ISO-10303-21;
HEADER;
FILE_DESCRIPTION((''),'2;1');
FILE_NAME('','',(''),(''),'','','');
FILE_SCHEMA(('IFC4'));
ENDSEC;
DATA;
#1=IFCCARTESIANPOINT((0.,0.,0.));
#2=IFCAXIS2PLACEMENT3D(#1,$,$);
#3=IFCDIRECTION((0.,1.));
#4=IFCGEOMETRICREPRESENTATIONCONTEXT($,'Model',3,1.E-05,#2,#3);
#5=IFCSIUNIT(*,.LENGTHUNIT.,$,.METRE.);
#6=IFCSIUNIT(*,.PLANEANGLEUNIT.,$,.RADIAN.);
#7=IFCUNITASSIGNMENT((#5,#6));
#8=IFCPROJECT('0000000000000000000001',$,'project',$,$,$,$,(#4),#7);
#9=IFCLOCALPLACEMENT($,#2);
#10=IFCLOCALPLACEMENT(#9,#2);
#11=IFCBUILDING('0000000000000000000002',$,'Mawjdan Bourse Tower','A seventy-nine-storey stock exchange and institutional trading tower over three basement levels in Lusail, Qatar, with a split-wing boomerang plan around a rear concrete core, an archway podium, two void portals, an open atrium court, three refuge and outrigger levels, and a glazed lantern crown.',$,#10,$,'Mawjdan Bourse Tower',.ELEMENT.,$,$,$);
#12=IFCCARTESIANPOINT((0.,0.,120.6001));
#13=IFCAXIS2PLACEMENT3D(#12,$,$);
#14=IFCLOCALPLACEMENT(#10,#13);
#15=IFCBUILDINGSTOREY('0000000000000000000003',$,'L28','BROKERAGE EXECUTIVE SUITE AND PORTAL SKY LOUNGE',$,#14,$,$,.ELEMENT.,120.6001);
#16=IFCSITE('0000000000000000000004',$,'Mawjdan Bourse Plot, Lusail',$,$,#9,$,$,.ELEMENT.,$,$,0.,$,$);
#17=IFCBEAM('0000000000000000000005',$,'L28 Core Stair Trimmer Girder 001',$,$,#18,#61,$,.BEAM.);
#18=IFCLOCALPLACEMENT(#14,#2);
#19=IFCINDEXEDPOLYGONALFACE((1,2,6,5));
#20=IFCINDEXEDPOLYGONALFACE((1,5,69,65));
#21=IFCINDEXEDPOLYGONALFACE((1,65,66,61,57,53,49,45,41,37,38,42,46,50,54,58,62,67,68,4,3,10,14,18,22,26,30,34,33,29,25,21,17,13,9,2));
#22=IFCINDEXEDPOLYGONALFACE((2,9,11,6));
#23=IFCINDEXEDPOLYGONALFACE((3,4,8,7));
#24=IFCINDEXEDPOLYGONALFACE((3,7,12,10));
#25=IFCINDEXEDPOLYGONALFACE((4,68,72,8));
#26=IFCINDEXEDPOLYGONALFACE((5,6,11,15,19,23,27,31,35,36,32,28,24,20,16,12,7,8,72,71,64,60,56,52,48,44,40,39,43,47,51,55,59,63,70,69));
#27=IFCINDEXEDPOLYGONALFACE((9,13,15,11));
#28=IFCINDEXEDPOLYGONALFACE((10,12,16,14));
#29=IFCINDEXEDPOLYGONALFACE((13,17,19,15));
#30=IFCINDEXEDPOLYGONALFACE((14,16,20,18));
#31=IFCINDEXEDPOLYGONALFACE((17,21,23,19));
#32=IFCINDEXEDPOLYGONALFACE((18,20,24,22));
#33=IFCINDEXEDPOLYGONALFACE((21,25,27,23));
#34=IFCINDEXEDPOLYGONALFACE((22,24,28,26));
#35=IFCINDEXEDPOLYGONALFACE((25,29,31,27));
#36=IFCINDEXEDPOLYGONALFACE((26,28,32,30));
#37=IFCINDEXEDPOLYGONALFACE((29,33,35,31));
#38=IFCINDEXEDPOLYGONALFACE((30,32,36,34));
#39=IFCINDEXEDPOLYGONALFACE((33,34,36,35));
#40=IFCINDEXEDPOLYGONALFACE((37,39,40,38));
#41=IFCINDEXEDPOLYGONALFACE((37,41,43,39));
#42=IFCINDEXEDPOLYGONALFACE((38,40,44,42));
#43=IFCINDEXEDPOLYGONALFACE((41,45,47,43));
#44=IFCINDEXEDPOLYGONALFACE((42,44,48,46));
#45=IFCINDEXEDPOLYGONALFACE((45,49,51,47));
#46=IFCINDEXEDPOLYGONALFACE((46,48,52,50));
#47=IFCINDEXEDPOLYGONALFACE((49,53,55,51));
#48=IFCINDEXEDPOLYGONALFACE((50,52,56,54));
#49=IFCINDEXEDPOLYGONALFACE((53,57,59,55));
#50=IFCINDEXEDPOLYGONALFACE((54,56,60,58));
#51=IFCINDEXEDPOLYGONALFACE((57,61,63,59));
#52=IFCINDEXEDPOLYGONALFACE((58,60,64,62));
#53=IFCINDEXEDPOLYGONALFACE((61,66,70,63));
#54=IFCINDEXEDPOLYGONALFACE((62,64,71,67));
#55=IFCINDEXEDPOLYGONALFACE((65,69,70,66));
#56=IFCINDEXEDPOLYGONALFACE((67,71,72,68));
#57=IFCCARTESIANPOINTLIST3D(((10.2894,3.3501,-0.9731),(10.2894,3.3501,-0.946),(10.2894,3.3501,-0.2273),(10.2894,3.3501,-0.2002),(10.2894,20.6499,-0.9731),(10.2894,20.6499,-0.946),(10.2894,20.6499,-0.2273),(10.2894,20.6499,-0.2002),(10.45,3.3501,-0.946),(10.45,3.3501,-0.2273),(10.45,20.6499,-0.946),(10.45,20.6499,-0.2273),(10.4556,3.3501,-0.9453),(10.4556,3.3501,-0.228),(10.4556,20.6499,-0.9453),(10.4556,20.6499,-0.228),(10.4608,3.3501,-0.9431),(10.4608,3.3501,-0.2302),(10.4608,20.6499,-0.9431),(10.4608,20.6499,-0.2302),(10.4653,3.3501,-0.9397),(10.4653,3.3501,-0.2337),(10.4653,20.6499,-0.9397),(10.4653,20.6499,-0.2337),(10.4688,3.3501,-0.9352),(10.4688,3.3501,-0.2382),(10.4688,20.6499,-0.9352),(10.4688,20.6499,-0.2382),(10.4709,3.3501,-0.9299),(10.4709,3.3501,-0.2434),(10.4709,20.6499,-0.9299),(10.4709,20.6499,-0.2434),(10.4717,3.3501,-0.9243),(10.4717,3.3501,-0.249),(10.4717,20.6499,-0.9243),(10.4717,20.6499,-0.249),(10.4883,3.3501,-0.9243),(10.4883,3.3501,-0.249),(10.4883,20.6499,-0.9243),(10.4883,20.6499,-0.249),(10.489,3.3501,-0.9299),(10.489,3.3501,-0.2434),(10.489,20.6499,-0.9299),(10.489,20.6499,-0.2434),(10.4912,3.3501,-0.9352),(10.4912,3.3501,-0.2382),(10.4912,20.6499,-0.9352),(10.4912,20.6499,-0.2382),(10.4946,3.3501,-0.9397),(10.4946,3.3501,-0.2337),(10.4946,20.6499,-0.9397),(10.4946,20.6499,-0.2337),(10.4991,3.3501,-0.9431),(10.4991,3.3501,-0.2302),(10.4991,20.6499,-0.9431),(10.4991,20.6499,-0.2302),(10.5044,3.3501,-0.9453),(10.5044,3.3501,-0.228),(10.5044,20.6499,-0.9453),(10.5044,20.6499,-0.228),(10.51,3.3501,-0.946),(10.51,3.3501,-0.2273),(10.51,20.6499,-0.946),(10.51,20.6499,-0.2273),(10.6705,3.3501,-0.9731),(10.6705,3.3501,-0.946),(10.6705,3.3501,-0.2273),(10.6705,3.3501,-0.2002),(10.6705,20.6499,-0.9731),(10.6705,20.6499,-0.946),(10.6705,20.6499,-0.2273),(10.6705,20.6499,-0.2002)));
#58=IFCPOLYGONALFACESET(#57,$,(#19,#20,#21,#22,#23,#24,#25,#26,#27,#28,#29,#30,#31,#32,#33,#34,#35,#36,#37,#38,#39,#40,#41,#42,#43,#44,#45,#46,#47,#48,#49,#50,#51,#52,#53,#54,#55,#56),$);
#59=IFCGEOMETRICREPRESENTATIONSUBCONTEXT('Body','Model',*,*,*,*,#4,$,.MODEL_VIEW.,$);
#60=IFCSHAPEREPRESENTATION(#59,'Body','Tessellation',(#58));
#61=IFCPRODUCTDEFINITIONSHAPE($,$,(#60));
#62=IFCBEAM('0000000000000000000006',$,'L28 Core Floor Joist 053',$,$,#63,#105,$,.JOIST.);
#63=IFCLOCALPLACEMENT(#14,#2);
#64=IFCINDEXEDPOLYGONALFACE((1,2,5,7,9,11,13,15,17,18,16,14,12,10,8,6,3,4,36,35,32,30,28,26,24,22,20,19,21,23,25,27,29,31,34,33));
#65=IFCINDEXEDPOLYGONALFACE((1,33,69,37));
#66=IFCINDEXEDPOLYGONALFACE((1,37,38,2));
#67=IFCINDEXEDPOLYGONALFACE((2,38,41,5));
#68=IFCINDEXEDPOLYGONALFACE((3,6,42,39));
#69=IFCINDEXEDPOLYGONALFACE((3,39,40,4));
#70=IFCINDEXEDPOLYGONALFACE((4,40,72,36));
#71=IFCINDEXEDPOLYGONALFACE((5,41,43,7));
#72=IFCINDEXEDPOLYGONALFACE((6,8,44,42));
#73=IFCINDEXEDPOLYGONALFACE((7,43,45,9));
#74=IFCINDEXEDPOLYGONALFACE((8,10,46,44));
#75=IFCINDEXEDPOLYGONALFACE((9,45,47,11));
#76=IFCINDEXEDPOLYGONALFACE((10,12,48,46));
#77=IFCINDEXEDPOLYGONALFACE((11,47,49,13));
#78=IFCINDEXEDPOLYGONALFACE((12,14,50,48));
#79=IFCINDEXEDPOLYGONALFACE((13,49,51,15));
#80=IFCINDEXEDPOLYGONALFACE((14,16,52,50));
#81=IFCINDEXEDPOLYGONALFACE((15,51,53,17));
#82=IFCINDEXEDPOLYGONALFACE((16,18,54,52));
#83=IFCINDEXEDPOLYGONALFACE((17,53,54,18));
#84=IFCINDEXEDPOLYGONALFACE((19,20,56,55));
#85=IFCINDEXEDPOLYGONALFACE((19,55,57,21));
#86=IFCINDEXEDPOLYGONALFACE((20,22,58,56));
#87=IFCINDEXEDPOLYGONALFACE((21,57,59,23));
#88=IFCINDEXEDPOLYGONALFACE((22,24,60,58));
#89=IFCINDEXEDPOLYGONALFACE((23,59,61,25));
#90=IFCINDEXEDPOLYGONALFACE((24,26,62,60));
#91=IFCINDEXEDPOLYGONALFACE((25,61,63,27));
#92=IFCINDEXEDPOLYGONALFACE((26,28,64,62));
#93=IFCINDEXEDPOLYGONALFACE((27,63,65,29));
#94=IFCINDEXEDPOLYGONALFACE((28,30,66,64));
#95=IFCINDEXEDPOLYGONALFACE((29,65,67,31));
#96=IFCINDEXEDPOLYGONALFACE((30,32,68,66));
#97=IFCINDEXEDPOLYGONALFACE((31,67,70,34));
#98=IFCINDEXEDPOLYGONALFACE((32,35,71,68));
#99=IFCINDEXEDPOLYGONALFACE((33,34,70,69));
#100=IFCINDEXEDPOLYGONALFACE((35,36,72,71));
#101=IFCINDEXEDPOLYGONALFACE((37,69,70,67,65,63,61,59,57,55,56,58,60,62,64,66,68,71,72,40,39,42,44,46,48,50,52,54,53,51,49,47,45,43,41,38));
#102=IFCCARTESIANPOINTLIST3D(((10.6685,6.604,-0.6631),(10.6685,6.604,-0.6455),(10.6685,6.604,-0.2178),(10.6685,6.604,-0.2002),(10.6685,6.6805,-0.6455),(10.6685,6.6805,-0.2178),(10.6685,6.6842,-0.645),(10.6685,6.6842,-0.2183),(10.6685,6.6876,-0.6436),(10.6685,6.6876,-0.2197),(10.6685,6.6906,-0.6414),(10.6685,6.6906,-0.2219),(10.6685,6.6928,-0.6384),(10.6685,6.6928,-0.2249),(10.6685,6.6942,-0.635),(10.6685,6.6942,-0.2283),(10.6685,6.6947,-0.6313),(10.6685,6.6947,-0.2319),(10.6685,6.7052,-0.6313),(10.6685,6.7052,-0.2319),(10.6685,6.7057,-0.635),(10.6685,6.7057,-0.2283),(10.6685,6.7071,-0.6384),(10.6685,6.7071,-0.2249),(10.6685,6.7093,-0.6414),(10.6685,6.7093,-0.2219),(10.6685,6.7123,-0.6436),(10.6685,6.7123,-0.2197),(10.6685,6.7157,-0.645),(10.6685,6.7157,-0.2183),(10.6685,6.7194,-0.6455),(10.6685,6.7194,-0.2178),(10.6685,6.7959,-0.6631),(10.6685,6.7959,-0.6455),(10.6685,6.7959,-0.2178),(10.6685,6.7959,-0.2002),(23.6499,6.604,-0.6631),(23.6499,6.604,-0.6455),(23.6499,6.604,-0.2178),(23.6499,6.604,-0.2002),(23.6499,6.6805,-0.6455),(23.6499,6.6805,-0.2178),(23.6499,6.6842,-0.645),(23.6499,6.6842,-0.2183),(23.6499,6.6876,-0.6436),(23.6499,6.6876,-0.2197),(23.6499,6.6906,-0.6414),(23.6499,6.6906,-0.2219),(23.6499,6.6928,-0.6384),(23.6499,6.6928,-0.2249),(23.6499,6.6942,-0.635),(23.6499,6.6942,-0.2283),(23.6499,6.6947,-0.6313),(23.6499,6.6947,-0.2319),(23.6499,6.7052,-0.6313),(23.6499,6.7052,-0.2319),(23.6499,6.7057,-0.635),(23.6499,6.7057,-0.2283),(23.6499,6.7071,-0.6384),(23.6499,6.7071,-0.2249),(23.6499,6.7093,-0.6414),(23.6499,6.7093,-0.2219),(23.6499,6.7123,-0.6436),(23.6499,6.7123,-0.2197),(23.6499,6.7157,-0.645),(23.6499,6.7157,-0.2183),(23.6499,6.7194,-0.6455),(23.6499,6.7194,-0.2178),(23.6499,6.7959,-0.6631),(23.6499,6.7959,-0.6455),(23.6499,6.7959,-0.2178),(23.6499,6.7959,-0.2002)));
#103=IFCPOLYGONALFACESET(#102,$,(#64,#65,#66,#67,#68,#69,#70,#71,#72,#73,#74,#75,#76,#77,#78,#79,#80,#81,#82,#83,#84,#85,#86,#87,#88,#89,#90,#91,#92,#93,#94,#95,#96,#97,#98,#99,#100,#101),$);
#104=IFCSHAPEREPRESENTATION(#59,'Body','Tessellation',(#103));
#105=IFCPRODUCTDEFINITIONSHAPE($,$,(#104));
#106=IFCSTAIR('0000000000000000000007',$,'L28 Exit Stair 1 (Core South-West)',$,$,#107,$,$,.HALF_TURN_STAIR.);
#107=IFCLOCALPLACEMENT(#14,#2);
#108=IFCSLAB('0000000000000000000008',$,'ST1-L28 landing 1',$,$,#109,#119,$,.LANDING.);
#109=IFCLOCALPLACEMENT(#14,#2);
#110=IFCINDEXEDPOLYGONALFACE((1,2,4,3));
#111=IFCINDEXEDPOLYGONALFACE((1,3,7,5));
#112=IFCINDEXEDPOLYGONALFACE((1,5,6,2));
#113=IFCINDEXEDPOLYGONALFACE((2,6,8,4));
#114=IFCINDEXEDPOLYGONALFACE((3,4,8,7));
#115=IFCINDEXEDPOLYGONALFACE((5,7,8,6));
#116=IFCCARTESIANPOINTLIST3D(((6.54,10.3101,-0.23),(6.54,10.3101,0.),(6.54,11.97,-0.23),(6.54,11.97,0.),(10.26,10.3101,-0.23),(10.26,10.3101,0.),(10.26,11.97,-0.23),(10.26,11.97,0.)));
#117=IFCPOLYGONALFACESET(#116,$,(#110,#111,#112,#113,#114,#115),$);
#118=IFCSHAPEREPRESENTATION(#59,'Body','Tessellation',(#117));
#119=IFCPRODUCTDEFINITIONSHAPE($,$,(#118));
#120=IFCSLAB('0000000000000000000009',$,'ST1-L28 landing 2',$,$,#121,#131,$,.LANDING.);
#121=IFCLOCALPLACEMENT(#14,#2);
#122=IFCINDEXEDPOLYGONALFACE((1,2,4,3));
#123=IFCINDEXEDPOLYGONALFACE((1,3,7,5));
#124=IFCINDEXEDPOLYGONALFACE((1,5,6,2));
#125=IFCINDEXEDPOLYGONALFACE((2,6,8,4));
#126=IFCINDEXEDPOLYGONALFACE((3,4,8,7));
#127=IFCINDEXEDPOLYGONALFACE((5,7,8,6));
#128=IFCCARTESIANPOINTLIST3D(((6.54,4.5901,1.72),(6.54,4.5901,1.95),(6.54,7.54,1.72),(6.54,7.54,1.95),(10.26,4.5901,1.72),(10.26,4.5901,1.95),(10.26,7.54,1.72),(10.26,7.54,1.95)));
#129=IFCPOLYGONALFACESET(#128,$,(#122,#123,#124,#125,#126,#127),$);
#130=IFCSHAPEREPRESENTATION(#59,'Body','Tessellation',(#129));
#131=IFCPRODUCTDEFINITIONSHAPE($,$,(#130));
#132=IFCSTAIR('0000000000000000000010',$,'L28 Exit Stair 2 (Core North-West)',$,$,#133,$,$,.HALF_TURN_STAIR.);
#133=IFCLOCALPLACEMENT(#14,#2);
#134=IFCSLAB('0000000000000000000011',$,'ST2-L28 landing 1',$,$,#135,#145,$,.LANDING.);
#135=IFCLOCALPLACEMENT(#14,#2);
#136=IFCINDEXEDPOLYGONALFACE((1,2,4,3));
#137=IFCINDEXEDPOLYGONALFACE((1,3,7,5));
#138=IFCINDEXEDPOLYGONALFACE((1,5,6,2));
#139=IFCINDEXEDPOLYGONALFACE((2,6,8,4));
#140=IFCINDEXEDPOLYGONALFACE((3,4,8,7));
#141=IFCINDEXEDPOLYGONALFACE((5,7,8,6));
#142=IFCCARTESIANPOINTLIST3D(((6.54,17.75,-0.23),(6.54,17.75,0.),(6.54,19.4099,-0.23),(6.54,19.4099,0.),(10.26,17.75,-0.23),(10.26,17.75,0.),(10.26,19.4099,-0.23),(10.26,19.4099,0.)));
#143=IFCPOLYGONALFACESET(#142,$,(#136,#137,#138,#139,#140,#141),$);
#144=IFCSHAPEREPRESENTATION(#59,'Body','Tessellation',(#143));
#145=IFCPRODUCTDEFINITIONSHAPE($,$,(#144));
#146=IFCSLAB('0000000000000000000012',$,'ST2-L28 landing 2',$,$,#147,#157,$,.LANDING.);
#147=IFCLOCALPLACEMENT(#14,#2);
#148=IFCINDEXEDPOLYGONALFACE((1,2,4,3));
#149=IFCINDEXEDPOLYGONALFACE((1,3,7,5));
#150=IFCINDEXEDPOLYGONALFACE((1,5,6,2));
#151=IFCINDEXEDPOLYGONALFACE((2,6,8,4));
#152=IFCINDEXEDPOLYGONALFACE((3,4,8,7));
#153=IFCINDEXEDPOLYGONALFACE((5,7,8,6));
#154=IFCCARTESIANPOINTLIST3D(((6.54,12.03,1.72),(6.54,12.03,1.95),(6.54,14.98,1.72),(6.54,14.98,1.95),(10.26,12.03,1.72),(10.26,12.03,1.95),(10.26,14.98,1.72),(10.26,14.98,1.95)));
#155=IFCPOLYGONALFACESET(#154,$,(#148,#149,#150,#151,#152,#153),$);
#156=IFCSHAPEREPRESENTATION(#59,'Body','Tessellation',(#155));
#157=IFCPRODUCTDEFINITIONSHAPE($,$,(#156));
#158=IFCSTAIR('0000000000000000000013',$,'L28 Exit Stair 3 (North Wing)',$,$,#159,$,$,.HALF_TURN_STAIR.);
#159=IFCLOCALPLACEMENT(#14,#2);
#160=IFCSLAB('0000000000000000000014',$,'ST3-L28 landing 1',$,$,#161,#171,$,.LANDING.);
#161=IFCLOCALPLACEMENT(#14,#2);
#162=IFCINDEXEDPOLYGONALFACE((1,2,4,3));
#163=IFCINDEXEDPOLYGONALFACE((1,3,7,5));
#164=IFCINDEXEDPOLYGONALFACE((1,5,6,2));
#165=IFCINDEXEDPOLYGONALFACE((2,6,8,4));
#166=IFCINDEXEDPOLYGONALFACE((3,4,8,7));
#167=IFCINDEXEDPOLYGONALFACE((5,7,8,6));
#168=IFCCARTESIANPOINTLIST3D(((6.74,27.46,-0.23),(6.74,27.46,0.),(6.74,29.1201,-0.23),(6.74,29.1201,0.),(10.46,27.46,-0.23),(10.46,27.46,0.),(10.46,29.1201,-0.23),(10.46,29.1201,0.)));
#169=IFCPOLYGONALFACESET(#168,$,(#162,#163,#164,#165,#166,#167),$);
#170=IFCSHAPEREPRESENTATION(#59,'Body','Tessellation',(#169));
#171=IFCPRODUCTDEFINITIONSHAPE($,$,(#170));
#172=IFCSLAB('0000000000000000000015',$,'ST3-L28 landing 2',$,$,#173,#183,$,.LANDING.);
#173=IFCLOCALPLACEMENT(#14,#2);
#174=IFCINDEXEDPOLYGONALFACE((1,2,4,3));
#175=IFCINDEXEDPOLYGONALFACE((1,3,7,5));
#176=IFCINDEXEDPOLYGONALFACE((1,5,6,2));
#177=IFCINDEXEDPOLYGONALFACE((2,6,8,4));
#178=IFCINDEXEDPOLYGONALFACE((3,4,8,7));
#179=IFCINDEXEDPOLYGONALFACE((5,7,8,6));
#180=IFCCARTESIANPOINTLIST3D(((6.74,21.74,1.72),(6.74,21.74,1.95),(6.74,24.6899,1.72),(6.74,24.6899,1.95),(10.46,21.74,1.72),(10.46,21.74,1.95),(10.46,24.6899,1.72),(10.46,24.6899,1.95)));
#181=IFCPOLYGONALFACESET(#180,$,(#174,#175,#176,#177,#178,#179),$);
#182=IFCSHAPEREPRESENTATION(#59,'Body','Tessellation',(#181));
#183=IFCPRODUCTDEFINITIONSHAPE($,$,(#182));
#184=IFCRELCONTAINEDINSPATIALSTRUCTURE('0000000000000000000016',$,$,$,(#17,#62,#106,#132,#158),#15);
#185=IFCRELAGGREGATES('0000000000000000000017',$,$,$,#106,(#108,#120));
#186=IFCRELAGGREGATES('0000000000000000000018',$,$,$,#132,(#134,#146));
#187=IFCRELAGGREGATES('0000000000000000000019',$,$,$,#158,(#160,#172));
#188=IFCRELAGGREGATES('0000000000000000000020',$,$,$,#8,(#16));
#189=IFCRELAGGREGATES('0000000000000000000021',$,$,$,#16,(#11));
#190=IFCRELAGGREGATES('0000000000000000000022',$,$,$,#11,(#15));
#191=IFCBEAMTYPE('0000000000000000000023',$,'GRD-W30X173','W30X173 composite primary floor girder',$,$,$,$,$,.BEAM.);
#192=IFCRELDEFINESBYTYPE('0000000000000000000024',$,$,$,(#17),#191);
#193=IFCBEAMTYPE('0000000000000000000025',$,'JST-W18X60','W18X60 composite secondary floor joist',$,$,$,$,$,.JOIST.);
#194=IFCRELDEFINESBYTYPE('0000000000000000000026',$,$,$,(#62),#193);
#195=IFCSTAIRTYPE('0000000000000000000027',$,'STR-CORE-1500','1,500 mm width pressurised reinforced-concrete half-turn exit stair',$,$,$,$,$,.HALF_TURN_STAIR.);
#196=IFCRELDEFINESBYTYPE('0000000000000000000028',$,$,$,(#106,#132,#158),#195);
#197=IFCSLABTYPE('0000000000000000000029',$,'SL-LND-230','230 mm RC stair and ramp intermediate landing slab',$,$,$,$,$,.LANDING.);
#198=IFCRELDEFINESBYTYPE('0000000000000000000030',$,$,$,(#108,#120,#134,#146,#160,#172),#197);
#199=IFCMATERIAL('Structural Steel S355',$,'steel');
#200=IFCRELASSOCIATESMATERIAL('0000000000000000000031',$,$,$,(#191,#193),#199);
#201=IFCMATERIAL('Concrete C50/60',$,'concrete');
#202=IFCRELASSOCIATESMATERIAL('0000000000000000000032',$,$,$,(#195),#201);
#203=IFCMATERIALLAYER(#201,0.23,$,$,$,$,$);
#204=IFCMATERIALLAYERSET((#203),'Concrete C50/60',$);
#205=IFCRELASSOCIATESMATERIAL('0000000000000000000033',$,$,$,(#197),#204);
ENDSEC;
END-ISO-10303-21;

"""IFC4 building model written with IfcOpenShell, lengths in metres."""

from ifc_helpers import new_model, si_unit, direction, frame, origin, origin_2d, place, context, subcontext, project, spatial, polyline, i_section, outline, extrude, material, layer, layer_set, material_profile, profile_set, type_object, element, aggregate, save


model = new_model("IFC4")

# Units and contexts
model_context = context("Model", 3, precision=1e-05, world=origin(), true_north=direction((0.0, 1.0)))
body_context = subcontext(model_context, "Body", "Model", "MODEL_VIEW")
ifc_project = project(units=[si_unit("LENGTHUNIT", "METRE"), si_unit("PLANEANGLEUNIT", "RADIAN")], contexts=[model_context])

# Site, building, storey
site_placement = place(None, origin())
site = spatial("IfcSite", under=ifc_project, at=site_placement, Name="Mawjdan Bourse Plot, Lusail", CompositionType="ELEMENT", RefElevation=0.0)
building_placement = place(site_placement, origin())
building = spatial("IfcBuilding", under=site, at=building_placement, Name="Mawjdan Bourse Tower", Description="A seventy-nine-storey stock exchange and institutional trading tower over three basement levels in Lusail, Qatar, with a split-wing boomerang plan around a rear concrete core, an archway podium, two void portals, an open atrium court, three refuge and outrigger levels, and a glazed lantern crown.", LongName="Mawjdan Bourse Tower", CompositionType="ELEMENT")
storey_placement = place(building_placement, frame((0.0, 0.0, 120.6001)))
storey = spatial("IfcBuildingStorey", under=building, at=storey_placement, Name="L28", Description="BROKERAGE EXECUTIVE SUITE AND PORTAL SKY LOUNGE", CompositionType="ELEMENT", Elevation=120.6001)

# Beams
ifc_material_1 = material(Name="Structural Steel S355", Category="steel")
ifc_material_profile_1 = material_profile(ifc_material_1, i_section(OverallWidth=0.3811, OverallDepth=0.7729, WebThickness=0.0166, FlangeThickness=0.0271, FilletRadius=0.0217, at=origin_2d()), Name="W30X173")
ifc_profile_set_1 = profile_set([ifc_material_profile_1], Name="Structural Steel S355")
beam_type_1 = type_object("IfcBeamType", Name="GRD-W30X173", Description="W30X173 composite primary floor girder", PredefinedType="BEAM", material=ifc_profile_set_1)
beam_1_placement = place(storey_placement, frame((10.48, 3.3501, -0.5867), z_axis=(0.0, 1.0, 0.0), x_axis=(-1.0, 0.0, 0.0)))
element("IfcBeam", 1, at=beam_1_placement, inside=storey, type_object=beam_type_1, Name="L28 Core Stair Trimmer Girder 001", PredefinedType="BEAM", context=body_context, shape_type="SweptSolid", body=[
    extrude(i_section(OverallWidth=0.3811, OverallDepth=0.7729, WebThickness=0.0166, FlangeThickness=0.0271, FilletRadius=0.0217, at=origin_2d()), origin(), (0.0, 0.0, 1.0), 17.2998),
])
ifc_material_profile_2 = material_profile(ifc_material_1, i_section(OverallWidth=0.1919, OverallDepth=0.4629, WebThickness=0.0105, FlangeThickness=0.0176, FilletRadius=0.0142, at=origin_2d()), Name="W18X60")
ifc_profile_set_2 = profile_set([ifc_material_profile_2], Name="Structural Steel S355")
beam_type_2 = type_object("IfcBeamType", Name="JST-W18X60", Description="W18X60 composite secondary floor joist", PredefinedType="JOIST", material=ifc_profile_set_2)
beam_2_placement = place(storey_placement, frame((10.6685, 6.7, -0.4316), z_axis=(1.0, 0.0, 0.0), x_axis=(0.0, 1.0, 0.0)))
element("IfcBeam", 2, at=beam_2_placement, inside=storey, type_object=beam_type_2, Name="L28 Core Floor Joist 053", PredefinedType="JOIST", context=body_context, shape_type="SweptSolid", body=[
    extrude(i_section(OverallWidth=0.1919, OverallDepth=0.4629, WebThickness=0.0105, FlangeThickness=0.0176, FilletRadius=0.0142, at=origin_2d()), origin(), (0.0, 0.0, 1.0), 12.9814),
])

# Stairs, slabs
ifc_material_2 = material(Name="Concrete C50/60", Category="concrete")
stair_type = type_object("IfcStairType", Name="STR-CORE-1500", Description="1,500 mm width pressurised reinforced-concrete half-turn exit stair", PredefinedType="HALF_TURN_STAIR", material=ifc_material_2)
stair_1_placement = place(storey_placement, origin())
stair_1 = element("IfcStair", 3, at=stair_1_placement, inside=storey, type_object=stair_type, Name="L28 Exit Stair 1 (Core South-West)", PredefinedType="HALF_TURN_STAIR")
ifc_layer_1 = layer(ifc_material_2, 0.23)
ifc_layer_set_1 = layer_set([ifc_layer_1], Name="Concrete C50/60")
slab_type_1 = type_object("IfcSlabType", Name="SL-LND-230", Description="230 mm RC stair and ramp intermediate landing slab", PredefinedType="LANDING", material=ifc_layer_set_1)
slab_1_placement = place(storey_placement, frame((0.0, 0.0, -0.23)))
slab_1 = element("IfcSlab", 4, at=slab_1_placement, type_object=slab_type_1, Name="ST1-L28 landing 1", PredefinedType="LANDING", context=body_context, shape_type="SweptSolid", body=[
    extrude(outline(polyline([(6.54, 10.3101), (10.26, 10.3101), (10.26, 11.97), (6.54, 11.97), (6.54, 10.3101)])), origin(), (0.0, 0.0, 1.0), 0.23),
])
slab_2_placement = place(storey_placement, frame((0.0, 0.0, 1.72)))
slab_2 = element("IfcSlab", 5, at=slab_2_placement, type_object=slab_type_1, Name="ST1-L28 landing 2", PredefinedType="LANDING", context=body_context, shape_type="SweptSolid", body=[
    extrude(outline(polyline([(6.54, 4.5901), (10.26, 4.5901), (10.26, 7.54), (6.54, 7.54), (6.54, 4.5901)])), origin(), (0.0, 0.0, 1.0), 0.23),
])
aggregate(stair_1, [slab_1, slab_2])
stair_2_placement = place(storey_placement, origin())
stair_2 = element("IfcStair", 6, at=stair_2_placement, inside=storey, type_object=stair_type, Name="L28 Exit Stair 2 (Core North-West)", PredefinedType="HALF_TURN_STAIR")
slab_3_placement = place(storey_placement, frame((0.0, 0.0, -0.23)))
slab_3 = element("IfcSlab", 7, at=slab_3_placement, type_object=slab_type_1, Name="ST2-L28 landing 1", PredefinedType="LANDING", context=body_context, shape_type="SweptSolid", body=[
    extrude(outline(polyline([(6.54, 17.75), (10.26, 17.75), (10.26, 19.4099), (6.54, 19.4099), (6.54, 17.75)])), origin(), (0.0, 0.0, 1.0), 0.23),
])
slab_4_placement = place(storey_placement, frame((0.0, 0.0, 1.72)))
slab_4 = element("IfcSlab", 8, at=slab_4_placement, type_object=slab_type_1, Name="ST2-L28 landing 2", PredefinedType="LANDING", context=body_context, shape_type="SweptSolid", body=[
    extrude(outline(polyline([(6.54, 12.03), (10.26, 12.03), (10.26, 14.98), (6.54, 14.98), (6.54, 12.03)])), origin(), (0.0, 0.0, 1.0), 0.23),
])
aggregate(stair_2, [slab_3, slab_4])
stair_3_placement = place(storey_placement, origin())
stair_3 = element("IfcStair", 9, at=stair_3_placement, inside=storey, type_object=stair_type, Name="L28 Exit Stair 3 (North Wing)", PredefinedType="HALF_TURN_STAIR")
slab_5_placement = place(storey_placement, frame((0.0, 0.0, -0.23)))
slab_5 = element("IfcSlab", 10, at=slab_5_placement, type_object=slab_type_1, Name="ST3-L28 landing 1", PredefinedType="LANDING", context=body_context, shape_type="SweptSolid", body=[
    extrude(outline(polyline([(6.74, 27.46), (10.46, 27.46), (10.46, 29.1201), (6.74, 29.1201), (6.74, 27.46)])), origin(), (0.0, 0.0, 1.0), 0.23),
])
slab_6_placement = place(storey_placement, frame((0.0, 0.0, 1.72)))
slab_6 = element("IfcSlab", 11, at=slab_6_placement, type_object=slab_type_1, Name="ST3-L28 landing 2", PredefinedType="LANDING", context=body_context, shape_type="SweptSolid", body=[
    extrude(outline(polyline([(6.74, 21.74), (10.46, 21.74), (10.46, 24.6899), (6.74, 24.6899), (6.74, 21.74)])), origin(), (0.0, 0.0, 1.0), 0.23),
])
aggregate(stair_3, [slab_5, slab_6])

save(model, "model.ifc")
